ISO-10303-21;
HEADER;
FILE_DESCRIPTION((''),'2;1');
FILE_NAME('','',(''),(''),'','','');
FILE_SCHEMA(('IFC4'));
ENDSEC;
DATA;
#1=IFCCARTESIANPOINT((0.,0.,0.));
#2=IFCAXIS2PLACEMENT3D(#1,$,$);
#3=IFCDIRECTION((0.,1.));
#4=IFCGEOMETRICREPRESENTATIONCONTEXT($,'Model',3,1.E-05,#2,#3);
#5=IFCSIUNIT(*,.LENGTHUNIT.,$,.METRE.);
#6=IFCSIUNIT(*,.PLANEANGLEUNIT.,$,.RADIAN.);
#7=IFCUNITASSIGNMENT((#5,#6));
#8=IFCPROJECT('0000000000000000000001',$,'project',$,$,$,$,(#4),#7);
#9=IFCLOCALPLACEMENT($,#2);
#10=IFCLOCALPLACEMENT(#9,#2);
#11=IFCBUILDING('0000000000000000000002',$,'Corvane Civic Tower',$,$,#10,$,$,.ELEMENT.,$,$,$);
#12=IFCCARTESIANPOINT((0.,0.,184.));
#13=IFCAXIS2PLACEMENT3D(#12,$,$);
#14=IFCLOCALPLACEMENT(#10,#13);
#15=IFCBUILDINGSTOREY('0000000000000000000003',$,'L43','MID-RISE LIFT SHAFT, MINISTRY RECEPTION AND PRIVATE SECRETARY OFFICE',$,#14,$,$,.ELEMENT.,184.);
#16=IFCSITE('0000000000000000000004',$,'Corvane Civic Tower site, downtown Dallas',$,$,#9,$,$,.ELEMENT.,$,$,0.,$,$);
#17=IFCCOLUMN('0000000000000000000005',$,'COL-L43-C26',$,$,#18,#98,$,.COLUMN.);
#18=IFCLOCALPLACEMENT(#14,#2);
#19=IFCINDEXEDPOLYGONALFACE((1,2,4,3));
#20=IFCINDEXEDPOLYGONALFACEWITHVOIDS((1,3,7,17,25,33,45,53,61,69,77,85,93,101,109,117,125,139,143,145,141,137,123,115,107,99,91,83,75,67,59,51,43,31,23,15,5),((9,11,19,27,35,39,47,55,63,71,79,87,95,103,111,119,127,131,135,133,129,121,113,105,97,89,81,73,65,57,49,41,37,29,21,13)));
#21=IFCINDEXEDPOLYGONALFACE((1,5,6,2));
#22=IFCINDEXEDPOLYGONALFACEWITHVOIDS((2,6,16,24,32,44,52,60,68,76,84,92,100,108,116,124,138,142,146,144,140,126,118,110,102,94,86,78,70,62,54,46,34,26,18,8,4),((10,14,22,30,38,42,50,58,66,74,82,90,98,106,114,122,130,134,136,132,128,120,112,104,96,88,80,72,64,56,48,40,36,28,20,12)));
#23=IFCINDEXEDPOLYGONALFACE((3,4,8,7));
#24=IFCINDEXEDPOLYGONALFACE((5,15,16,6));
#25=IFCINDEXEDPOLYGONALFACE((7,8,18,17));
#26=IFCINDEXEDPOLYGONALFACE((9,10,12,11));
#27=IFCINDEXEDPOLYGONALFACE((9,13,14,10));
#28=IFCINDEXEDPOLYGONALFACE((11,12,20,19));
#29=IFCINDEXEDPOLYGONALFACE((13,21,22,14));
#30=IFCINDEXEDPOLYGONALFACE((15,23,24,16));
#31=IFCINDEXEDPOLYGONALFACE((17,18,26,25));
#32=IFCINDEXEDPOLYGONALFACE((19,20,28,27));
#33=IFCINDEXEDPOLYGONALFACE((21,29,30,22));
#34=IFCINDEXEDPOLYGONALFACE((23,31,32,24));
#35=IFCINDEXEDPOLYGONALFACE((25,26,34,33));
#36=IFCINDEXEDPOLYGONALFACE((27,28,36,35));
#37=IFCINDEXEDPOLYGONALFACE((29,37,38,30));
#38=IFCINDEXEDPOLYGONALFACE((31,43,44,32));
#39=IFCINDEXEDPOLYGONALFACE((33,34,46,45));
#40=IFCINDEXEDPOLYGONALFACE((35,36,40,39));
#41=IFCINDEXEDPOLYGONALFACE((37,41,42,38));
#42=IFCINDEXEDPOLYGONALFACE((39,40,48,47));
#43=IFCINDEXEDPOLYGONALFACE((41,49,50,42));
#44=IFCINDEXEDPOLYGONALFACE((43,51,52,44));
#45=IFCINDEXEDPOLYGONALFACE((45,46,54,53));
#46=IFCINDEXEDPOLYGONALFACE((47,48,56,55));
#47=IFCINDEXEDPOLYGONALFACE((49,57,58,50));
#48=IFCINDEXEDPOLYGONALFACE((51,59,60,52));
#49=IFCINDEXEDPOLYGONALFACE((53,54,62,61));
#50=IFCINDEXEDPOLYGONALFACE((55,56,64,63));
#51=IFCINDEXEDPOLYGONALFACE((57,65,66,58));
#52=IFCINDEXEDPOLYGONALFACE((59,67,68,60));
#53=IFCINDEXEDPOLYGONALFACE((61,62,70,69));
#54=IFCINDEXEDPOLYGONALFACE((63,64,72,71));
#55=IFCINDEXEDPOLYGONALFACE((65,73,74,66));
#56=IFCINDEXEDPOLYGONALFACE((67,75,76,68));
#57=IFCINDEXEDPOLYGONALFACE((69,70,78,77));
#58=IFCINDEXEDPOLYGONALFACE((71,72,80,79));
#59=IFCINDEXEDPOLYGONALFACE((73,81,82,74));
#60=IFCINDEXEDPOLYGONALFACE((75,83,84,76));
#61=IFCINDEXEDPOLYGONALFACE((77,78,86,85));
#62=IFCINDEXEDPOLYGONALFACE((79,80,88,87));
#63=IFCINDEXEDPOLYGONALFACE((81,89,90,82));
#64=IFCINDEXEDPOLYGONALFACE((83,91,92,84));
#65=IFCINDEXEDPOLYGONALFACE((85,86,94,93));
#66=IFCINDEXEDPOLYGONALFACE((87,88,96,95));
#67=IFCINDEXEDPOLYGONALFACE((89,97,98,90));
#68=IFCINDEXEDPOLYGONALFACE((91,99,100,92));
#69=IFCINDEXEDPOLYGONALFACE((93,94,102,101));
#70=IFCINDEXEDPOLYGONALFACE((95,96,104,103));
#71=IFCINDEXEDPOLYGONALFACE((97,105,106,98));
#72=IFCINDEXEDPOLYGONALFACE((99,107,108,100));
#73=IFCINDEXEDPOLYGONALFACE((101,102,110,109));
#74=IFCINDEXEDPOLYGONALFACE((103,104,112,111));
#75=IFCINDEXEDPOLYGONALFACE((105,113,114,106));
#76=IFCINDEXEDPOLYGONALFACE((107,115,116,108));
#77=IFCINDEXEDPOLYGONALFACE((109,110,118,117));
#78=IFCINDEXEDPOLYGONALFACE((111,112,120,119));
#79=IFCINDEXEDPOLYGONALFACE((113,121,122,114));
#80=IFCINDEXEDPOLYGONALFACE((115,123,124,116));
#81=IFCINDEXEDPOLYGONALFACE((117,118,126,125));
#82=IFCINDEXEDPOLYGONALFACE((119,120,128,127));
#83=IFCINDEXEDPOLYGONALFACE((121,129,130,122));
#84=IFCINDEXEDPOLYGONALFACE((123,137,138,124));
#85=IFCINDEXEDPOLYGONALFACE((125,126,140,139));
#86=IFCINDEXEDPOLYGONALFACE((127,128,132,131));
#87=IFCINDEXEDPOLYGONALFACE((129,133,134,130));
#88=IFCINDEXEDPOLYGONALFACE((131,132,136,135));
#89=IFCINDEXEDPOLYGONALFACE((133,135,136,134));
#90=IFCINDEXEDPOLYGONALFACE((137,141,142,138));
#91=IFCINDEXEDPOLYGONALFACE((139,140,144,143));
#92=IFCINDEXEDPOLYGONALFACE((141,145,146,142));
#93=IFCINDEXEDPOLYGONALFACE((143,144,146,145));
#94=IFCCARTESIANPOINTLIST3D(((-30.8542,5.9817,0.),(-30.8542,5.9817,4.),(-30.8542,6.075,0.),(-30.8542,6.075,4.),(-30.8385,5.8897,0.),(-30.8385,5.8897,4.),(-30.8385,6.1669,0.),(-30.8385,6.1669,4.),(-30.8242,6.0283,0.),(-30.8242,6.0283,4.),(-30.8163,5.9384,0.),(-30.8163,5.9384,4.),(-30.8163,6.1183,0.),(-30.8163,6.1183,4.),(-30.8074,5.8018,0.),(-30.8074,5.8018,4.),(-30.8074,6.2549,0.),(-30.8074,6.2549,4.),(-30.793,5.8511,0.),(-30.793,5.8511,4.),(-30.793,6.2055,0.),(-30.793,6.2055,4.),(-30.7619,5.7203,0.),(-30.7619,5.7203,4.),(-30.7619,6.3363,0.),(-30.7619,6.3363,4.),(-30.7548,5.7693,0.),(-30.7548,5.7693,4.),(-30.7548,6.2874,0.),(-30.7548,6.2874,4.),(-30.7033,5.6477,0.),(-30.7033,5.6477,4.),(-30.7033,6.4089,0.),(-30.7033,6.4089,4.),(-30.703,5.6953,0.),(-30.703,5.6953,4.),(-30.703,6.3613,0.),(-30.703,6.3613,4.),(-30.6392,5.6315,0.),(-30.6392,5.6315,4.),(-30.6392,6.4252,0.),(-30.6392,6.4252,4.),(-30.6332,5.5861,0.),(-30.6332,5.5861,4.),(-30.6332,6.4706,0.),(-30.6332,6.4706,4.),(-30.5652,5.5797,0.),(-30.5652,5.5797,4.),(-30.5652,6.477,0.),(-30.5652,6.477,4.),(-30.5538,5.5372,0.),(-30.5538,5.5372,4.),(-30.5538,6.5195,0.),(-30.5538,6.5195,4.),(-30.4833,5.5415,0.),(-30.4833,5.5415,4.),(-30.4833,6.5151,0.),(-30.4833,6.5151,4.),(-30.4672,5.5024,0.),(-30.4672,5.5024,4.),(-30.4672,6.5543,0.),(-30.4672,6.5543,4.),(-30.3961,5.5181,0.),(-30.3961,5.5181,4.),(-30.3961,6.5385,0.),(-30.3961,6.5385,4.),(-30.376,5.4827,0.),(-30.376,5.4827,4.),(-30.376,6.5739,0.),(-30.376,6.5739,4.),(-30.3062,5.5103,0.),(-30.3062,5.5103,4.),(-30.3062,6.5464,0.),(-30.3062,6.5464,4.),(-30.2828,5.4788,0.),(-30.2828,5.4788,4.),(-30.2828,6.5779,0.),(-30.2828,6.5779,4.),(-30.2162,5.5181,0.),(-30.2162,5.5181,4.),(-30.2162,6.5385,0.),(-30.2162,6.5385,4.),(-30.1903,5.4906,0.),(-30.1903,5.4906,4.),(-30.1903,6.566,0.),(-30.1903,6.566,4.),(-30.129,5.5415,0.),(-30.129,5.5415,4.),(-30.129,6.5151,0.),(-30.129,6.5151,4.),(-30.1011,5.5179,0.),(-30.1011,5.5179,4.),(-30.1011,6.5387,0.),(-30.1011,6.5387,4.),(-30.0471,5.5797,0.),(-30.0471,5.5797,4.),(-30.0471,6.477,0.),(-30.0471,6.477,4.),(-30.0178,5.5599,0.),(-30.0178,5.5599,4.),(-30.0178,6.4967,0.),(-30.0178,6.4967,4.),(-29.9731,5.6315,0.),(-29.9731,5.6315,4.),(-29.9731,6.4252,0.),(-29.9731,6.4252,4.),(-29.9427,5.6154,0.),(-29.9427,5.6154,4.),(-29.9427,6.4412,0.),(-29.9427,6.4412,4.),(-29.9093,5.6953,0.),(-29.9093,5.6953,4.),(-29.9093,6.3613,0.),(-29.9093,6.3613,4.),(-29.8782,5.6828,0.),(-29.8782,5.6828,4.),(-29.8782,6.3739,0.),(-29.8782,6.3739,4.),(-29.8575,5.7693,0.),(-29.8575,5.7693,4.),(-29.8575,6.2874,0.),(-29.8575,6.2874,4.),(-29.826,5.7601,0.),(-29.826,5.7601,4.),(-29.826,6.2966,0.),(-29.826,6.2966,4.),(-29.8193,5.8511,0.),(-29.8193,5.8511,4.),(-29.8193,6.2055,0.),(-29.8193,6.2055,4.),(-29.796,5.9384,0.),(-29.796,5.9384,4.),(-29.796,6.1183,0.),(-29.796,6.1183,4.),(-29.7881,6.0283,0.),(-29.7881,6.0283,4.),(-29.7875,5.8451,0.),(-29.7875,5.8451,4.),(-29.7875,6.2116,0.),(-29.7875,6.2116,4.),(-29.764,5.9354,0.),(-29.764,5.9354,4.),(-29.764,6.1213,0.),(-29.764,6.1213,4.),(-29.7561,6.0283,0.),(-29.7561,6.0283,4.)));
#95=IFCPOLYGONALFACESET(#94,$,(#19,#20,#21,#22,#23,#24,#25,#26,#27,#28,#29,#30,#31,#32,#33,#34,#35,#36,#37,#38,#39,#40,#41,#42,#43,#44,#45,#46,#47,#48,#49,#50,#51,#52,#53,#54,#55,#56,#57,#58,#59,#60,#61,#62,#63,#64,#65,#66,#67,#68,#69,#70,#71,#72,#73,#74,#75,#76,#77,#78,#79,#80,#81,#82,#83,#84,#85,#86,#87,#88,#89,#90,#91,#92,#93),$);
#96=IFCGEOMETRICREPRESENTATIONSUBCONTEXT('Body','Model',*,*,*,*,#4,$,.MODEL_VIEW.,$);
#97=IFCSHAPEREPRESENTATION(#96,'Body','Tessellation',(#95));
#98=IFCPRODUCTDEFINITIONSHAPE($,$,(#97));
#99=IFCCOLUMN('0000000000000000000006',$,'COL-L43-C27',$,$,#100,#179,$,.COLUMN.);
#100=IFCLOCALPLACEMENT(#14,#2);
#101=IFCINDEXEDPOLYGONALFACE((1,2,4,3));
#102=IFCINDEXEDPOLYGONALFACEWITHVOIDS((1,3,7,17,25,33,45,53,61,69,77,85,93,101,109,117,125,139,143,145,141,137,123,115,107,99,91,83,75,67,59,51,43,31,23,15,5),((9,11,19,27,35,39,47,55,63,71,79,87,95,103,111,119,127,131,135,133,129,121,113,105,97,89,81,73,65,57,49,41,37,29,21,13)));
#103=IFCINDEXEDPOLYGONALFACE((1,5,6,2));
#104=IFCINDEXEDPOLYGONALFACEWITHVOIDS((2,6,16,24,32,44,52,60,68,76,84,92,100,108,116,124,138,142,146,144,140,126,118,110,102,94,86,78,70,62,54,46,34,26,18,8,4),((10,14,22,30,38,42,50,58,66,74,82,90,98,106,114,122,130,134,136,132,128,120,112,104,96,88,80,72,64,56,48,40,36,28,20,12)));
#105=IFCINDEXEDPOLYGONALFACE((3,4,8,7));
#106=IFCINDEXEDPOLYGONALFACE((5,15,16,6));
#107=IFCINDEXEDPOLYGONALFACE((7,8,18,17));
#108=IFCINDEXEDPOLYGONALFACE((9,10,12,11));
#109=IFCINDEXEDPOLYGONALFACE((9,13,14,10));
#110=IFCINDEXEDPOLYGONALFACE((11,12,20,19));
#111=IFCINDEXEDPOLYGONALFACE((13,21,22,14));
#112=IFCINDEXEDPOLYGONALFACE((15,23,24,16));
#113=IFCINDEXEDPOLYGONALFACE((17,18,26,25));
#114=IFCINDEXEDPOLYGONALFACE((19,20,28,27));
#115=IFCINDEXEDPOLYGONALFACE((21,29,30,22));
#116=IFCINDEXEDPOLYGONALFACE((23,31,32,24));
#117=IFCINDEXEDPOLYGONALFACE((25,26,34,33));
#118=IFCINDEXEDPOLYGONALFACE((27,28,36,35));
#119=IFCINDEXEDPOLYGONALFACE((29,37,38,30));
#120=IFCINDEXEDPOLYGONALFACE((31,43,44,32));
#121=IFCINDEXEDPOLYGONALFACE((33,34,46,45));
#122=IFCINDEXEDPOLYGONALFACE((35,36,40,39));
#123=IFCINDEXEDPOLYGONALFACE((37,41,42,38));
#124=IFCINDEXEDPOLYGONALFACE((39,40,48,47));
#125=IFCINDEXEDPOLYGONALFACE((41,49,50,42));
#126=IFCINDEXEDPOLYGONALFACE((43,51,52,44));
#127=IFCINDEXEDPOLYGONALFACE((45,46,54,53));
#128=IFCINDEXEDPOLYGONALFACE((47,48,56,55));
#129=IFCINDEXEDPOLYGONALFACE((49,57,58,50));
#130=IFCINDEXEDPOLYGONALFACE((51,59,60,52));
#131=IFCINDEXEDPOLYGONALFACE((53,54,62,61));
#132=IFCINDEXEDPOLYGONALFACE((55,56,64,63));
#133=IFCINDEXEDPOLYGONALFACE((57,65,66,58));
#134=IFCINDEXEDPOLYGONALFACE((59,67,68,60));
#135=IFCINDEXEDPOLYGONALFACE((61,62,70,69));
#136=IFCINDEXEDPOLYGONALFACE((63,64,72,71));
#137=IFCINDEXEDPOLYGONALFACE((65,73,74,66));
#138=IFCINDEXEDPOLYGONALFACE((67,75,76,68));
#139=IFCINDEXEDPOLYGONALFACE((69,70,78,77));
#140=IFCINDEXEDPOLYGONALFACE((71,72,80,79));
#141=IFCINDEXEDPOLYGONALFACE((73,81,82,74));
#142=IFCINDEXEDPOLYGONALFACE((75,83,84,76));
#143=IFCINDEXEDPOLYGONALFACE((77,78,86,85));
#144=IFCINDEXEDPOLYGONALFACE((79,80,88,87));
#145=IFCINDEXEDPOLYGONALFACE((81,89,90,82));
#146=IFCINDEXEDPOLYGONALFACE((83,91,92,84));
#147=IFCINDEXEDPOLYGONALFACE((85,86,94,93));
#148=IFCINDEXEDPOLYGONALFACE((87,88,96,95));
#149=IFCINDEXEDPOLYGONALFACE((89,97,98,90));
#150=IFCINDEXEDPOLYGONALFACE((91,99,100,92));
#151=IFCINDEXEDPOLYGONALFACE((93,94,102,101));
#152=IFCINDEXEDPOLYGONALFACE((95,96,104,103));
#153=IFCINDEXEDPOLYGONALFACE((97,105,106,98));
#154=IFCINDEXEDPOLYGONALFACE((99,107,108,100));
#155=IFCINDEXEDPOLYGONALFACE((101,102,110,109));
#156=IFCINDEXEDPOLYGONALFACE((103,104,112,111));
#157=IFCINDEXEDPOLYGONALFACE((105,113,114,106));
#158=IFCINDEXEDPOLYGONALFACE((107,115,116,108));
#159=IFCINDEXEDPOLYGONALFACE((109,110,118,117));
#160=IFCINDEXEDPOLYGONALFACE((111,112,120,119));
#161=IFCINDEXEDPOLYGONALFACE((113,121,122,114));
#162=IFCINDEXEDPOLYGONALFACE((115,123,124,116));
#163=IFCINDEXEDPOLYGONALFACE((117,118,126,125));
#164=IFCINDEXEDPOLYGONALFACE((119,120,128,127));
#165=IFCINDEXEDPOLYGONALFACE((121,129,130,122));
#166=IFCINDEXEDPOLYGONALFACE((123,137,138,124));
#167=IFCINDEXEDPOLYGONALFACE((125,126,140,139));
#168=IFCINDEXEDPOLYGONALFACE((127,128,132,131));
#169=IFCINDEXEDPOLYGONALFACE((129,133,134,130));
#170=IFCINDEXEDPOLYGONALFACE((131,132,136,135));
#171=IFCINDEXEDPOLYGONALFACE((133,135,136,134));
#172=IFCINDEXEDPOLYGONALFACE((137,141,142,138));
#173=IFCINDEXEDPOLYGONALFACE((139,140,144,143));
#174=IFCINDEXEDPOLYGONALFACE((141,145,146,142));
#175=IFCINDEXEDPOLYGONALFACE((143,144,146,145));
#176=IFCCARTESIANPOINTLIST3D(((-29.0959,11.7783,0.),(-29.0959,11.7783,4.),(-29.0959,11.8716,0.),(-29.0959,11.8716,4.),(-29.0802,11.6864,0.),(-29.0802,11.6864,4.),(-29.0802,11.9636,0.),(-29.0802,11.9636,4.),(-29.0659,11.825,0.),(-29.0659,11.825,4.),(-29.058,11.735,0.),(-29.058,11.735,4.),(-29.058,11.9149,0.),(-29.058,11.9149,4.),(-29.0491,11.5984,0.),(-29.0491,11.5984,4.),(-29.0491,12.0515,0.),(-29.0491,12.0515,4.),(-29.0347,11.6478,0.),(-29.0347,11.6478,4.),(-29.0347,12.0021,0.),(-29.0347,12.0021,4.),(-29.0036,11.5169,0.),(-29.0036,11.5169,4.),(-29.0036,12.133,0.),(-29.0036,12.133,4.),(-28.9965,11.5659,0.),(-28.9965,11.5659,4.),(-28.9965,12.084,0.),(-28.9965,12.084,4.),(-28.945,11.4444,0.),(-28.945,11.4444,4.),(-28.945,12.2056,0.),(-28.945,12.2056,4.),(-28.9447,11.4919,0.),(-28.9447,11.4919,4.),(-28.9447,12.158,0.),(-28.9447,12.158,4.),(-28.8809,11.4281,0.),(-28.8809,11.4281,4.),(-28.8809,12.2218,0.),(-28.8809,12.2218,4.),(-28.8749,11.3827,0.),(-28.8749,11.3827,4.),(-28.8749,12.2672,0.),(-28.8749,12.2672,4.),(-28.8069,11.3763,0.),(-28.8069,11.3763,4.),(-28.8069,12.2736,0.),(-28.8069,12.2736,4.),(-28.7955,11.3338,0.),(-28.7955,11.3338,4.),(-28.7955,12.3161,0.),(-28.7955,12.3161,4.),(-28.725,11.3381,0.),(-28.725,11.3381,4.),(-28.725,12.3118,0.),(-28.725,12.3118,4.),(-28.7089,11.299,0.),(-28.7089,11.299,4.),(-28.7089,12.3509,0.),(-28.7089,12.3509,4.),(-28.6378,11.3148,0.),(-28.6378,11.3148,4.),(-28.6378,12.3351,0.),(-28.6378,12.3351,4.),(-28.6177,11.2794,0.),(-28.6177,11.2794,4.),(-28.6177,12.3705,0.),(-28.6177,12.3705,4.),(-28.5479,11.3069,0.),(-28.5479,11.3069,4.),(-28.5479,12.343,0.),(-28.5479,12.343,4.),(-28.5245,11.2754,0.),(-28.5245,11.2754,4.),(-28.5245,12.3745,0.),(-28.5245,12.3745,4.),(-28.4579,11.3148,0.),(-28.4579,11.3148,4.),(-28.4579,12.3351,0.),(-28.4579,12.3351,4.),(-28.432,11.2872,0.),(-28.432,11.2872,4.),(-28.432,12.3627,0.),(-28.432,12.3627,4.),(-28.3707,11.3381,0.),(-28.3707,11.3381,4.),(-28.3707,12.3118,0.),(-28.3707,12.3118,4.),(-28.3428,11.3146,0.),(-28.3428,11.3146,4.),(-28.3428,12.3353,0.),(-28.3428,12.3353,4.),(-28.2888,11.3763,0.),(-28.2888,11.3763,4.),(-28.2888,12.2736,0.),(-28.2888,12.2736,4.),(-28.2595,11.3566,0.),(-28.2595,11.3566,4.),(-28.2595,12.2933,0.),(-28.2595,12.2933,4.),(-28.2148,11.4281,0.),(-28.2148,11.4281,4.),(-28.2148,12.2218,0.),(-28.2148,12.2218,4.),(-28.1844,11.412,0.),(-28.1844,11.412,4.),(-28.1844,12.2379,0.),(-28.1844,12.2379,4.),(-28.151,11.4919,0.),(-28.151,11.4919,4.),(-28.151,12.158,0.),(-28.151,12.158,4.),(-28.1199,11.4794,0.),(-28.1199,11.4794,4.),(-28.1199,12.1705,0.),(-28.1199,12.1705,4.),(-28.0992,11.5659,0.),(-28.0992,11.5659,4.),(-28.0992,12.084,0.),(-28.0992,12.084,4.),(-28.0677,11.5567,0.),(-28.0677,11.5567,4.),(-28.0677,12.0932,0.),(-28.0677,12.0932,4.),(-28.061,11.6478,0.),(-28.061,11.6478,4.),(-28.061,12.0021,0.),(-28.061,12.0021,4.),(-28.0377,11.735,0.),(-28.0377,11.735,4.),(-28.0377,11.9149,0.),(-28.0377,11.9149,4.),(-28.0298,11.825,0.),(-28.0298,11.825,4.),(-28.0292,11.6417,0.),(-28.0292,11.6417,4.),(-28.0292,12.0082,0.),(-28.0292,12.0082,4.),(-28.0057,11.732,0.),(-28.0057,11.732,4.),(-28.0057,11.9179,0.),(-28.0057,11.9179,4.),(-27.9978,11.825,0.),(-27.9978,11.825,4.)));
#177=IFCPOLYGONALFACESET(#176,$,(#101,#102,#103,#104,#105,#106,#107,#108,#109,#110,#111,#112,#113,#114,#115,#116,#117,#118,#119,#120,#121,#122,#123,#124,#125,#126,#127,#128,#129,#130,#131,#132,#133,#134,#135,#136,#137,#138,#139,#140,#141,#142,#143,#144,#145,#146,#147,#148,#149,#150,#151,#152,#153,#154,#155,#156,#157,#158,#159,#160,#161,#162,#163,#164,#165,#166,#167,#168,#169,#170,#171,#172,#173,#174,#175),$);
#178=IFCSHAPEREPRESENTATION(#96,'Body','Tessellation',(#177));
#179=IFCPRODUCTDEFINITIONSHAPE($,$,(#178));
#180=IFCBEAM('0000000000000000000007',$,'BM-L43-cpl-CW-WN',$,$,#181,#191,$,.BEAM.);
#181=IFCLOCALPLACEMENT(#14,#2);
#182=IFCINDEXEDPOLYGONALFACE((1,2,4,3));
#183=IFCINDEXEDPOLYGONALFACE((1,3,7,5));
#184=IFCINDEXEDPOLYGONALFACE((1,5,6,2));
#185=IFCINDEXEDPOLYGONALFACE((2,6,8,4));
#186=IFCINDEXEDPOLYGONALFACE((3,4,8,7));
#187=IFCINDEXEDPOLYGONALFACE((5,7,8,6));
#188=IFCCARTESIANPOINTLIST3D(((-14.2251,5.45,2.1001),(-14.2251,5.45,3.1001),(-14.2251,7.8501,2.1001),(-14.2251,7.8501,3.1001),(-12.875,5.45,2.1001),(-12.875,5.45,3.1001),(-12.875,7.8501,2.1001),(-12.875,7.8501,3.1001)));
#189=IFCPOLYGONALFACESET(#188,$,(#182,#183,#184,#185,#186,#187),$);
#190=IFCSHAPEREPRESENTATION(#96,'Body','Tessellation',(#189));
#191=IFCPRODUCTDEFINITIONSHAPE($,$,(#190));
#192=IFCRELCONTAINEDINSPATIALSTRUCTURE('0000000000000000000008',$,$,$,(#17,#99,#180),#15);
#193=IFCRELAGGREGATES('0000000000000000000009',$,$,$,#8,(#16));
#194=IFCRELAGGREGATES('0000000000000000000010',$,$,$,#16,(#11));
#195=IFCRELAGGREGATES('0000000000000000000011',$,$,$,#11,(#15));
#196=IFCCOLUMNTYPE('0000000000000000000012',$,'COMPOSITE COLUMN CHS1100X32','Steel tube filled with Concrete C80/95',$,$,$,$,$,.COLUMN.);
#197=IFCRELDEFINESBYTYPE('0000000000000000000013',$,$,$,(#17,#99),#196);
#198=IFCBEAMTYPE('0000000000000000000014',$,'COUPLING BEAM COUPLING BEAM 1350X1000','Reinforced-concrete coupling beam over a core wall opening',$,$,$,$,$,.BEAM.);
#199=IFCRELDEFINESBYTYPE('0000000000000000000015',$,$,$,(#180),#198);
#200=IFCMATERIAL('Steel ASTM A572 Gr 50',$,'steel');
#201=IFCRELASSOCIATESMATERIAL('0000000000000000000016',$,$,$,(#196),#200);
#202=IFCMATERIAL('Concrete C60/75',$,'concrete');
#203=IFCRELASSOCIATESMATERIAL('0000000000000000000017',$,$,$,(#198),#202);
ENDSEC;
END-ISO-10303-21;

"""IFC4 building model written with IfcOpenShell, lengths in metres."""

from ifc_helpers import new_model, si_unit, direction, frame, origin, origin_2d, place, context, subcontext, project, spatial, rectangle, hollow_circle, extrude, material, material_profile, profile_set, type_object, element, save


model = new_model("IFC4")

# Units and contexts
model_context = context("Model", 3, precision=1e-05, world=origin(), true_north=direction((0.0, 1.0)))
body_context = subcontext(model_context, "Body", "Model", "MODEL_VIEW")
ifc_project = project(units=[si_unit("LENGTHUNIT", "METRE"), si_unit("PLANEANGLEUNIT", "RADIAN")], contexts=[model_context])

# Site, building, storey
site_placement = place(None, origin())
site = spatial("IfcSite", under=ifc_project, at=site_placement, Name="Corvane Civic Tower site, downtown Dallas", CompositionType="ELEMENT", RefElevation=0.0)
building_placement = place(site_placement, origin())
building = spatial("IfcBuilding", under=site, at=building_placement, Name="Corvane Civic Tower", CompositionType="ELEMENT")
storey_placement = place(building_placement, frame((0.0, 0.0, 184.0)))
storey = spatial("IfcBuildingStorey", under=building, at=storey_placement, Name="L43", Description="MID-RISE LIFT SHAFT, MINISTRY RECEPTION AND PRIVATE SECRETARY OFFICE", CompositionType="ELEMENT", Elevation=184.0)

# Columns
ifc_material_1 = material(Name="Steel ASTM A572 Gr 50", Category="steel")
ifc_material_profile_1 = material_profile(ifc_material_1, hollow_circle(Radius=0.55, WallThickness=0.032, at=origin_2d()), Name="CHS1100X32")
ifc_profile_set_1 = profile_set([ifc_material_profile_1], Name="Steel ASTM A572 Gr 50")
column_type = type_object("IfcColumnType", Name="COMPOSITE COLUMN CHS1100X32", Description="Steel tube filled with Concrete C80/95", PredefinedType="COLUMN", material=ifc_profile_set_1)
for number, where, z_axis, x_axis, name in (
    (1, (-30.3062, 6.0283, 0.0), (0.0, 0.0, 1.0), (1.0, 0.0, 0.0), "COL-L43-C26"),
    (2, (-28.5479, 11.825, 0.0), (0.0, 0.0, 1.0), (1.0, 0.0, 0.0), "COL-L43-C27"),
):
    element("IfcColumn", number, at=place(storey_placement, frame(where, z_axis=z_axis, x_axis=x_axis)), inside=storey, type_object=column_type, Name=name, PredefinedType="COLUMN", context=body_context, shape_type="SweptSolid", body=[
        extrude(hollow_circle(Radius=0.55, WallThickness=0.032, at=origin_2d()), origin(), (0.0, 0.0, 1.0), 4.0),
    ])

# Beam
ifc_material_2 = material(Name="Concrete C60/75", Category="concrete")
ifc_material_profile_2 = material_profile(ifc_material_2, rectangle(XDim=1.3501, YDim=1.0, at=origin_2d()), Name="COUPLING BEAM 1350X1000")
ifc_profile_set_2 = profile_set([ifc_material_profile_2], Name="Concrete C60/75")
beam_type_1 = type_object("IfcBeamType", Name="COUPLING BEAM COUPLING BEAM 1350X1000", Description="Reinforced-concrete coupling beam over a core wall opening", PredefinedType="BEAM", material=ifc_profile_set_2)
beam_1_placement = place(storey_placement, frame((-13.55, 5.45, 2.6001), z_axis=(0.0, 1.0, 0.0), x_axis=(-1.0, 0.0, 0.0)))
element("IfcBeam", 3, at=beam_1_placement, inside=storey, type_object=beam_type_1, Name="BM-L43-cpl-CW-WN", PredefinedType="BEAM", context=body_context, shape_type="SweptSolid", body=[
    extrude(rectangle(XDim=1.3501, YDim=1.0, at=origin_2d()), origin(), (0.0, 0.0, 1.0), 2.4001),
])

save(model, "model.ifc")
